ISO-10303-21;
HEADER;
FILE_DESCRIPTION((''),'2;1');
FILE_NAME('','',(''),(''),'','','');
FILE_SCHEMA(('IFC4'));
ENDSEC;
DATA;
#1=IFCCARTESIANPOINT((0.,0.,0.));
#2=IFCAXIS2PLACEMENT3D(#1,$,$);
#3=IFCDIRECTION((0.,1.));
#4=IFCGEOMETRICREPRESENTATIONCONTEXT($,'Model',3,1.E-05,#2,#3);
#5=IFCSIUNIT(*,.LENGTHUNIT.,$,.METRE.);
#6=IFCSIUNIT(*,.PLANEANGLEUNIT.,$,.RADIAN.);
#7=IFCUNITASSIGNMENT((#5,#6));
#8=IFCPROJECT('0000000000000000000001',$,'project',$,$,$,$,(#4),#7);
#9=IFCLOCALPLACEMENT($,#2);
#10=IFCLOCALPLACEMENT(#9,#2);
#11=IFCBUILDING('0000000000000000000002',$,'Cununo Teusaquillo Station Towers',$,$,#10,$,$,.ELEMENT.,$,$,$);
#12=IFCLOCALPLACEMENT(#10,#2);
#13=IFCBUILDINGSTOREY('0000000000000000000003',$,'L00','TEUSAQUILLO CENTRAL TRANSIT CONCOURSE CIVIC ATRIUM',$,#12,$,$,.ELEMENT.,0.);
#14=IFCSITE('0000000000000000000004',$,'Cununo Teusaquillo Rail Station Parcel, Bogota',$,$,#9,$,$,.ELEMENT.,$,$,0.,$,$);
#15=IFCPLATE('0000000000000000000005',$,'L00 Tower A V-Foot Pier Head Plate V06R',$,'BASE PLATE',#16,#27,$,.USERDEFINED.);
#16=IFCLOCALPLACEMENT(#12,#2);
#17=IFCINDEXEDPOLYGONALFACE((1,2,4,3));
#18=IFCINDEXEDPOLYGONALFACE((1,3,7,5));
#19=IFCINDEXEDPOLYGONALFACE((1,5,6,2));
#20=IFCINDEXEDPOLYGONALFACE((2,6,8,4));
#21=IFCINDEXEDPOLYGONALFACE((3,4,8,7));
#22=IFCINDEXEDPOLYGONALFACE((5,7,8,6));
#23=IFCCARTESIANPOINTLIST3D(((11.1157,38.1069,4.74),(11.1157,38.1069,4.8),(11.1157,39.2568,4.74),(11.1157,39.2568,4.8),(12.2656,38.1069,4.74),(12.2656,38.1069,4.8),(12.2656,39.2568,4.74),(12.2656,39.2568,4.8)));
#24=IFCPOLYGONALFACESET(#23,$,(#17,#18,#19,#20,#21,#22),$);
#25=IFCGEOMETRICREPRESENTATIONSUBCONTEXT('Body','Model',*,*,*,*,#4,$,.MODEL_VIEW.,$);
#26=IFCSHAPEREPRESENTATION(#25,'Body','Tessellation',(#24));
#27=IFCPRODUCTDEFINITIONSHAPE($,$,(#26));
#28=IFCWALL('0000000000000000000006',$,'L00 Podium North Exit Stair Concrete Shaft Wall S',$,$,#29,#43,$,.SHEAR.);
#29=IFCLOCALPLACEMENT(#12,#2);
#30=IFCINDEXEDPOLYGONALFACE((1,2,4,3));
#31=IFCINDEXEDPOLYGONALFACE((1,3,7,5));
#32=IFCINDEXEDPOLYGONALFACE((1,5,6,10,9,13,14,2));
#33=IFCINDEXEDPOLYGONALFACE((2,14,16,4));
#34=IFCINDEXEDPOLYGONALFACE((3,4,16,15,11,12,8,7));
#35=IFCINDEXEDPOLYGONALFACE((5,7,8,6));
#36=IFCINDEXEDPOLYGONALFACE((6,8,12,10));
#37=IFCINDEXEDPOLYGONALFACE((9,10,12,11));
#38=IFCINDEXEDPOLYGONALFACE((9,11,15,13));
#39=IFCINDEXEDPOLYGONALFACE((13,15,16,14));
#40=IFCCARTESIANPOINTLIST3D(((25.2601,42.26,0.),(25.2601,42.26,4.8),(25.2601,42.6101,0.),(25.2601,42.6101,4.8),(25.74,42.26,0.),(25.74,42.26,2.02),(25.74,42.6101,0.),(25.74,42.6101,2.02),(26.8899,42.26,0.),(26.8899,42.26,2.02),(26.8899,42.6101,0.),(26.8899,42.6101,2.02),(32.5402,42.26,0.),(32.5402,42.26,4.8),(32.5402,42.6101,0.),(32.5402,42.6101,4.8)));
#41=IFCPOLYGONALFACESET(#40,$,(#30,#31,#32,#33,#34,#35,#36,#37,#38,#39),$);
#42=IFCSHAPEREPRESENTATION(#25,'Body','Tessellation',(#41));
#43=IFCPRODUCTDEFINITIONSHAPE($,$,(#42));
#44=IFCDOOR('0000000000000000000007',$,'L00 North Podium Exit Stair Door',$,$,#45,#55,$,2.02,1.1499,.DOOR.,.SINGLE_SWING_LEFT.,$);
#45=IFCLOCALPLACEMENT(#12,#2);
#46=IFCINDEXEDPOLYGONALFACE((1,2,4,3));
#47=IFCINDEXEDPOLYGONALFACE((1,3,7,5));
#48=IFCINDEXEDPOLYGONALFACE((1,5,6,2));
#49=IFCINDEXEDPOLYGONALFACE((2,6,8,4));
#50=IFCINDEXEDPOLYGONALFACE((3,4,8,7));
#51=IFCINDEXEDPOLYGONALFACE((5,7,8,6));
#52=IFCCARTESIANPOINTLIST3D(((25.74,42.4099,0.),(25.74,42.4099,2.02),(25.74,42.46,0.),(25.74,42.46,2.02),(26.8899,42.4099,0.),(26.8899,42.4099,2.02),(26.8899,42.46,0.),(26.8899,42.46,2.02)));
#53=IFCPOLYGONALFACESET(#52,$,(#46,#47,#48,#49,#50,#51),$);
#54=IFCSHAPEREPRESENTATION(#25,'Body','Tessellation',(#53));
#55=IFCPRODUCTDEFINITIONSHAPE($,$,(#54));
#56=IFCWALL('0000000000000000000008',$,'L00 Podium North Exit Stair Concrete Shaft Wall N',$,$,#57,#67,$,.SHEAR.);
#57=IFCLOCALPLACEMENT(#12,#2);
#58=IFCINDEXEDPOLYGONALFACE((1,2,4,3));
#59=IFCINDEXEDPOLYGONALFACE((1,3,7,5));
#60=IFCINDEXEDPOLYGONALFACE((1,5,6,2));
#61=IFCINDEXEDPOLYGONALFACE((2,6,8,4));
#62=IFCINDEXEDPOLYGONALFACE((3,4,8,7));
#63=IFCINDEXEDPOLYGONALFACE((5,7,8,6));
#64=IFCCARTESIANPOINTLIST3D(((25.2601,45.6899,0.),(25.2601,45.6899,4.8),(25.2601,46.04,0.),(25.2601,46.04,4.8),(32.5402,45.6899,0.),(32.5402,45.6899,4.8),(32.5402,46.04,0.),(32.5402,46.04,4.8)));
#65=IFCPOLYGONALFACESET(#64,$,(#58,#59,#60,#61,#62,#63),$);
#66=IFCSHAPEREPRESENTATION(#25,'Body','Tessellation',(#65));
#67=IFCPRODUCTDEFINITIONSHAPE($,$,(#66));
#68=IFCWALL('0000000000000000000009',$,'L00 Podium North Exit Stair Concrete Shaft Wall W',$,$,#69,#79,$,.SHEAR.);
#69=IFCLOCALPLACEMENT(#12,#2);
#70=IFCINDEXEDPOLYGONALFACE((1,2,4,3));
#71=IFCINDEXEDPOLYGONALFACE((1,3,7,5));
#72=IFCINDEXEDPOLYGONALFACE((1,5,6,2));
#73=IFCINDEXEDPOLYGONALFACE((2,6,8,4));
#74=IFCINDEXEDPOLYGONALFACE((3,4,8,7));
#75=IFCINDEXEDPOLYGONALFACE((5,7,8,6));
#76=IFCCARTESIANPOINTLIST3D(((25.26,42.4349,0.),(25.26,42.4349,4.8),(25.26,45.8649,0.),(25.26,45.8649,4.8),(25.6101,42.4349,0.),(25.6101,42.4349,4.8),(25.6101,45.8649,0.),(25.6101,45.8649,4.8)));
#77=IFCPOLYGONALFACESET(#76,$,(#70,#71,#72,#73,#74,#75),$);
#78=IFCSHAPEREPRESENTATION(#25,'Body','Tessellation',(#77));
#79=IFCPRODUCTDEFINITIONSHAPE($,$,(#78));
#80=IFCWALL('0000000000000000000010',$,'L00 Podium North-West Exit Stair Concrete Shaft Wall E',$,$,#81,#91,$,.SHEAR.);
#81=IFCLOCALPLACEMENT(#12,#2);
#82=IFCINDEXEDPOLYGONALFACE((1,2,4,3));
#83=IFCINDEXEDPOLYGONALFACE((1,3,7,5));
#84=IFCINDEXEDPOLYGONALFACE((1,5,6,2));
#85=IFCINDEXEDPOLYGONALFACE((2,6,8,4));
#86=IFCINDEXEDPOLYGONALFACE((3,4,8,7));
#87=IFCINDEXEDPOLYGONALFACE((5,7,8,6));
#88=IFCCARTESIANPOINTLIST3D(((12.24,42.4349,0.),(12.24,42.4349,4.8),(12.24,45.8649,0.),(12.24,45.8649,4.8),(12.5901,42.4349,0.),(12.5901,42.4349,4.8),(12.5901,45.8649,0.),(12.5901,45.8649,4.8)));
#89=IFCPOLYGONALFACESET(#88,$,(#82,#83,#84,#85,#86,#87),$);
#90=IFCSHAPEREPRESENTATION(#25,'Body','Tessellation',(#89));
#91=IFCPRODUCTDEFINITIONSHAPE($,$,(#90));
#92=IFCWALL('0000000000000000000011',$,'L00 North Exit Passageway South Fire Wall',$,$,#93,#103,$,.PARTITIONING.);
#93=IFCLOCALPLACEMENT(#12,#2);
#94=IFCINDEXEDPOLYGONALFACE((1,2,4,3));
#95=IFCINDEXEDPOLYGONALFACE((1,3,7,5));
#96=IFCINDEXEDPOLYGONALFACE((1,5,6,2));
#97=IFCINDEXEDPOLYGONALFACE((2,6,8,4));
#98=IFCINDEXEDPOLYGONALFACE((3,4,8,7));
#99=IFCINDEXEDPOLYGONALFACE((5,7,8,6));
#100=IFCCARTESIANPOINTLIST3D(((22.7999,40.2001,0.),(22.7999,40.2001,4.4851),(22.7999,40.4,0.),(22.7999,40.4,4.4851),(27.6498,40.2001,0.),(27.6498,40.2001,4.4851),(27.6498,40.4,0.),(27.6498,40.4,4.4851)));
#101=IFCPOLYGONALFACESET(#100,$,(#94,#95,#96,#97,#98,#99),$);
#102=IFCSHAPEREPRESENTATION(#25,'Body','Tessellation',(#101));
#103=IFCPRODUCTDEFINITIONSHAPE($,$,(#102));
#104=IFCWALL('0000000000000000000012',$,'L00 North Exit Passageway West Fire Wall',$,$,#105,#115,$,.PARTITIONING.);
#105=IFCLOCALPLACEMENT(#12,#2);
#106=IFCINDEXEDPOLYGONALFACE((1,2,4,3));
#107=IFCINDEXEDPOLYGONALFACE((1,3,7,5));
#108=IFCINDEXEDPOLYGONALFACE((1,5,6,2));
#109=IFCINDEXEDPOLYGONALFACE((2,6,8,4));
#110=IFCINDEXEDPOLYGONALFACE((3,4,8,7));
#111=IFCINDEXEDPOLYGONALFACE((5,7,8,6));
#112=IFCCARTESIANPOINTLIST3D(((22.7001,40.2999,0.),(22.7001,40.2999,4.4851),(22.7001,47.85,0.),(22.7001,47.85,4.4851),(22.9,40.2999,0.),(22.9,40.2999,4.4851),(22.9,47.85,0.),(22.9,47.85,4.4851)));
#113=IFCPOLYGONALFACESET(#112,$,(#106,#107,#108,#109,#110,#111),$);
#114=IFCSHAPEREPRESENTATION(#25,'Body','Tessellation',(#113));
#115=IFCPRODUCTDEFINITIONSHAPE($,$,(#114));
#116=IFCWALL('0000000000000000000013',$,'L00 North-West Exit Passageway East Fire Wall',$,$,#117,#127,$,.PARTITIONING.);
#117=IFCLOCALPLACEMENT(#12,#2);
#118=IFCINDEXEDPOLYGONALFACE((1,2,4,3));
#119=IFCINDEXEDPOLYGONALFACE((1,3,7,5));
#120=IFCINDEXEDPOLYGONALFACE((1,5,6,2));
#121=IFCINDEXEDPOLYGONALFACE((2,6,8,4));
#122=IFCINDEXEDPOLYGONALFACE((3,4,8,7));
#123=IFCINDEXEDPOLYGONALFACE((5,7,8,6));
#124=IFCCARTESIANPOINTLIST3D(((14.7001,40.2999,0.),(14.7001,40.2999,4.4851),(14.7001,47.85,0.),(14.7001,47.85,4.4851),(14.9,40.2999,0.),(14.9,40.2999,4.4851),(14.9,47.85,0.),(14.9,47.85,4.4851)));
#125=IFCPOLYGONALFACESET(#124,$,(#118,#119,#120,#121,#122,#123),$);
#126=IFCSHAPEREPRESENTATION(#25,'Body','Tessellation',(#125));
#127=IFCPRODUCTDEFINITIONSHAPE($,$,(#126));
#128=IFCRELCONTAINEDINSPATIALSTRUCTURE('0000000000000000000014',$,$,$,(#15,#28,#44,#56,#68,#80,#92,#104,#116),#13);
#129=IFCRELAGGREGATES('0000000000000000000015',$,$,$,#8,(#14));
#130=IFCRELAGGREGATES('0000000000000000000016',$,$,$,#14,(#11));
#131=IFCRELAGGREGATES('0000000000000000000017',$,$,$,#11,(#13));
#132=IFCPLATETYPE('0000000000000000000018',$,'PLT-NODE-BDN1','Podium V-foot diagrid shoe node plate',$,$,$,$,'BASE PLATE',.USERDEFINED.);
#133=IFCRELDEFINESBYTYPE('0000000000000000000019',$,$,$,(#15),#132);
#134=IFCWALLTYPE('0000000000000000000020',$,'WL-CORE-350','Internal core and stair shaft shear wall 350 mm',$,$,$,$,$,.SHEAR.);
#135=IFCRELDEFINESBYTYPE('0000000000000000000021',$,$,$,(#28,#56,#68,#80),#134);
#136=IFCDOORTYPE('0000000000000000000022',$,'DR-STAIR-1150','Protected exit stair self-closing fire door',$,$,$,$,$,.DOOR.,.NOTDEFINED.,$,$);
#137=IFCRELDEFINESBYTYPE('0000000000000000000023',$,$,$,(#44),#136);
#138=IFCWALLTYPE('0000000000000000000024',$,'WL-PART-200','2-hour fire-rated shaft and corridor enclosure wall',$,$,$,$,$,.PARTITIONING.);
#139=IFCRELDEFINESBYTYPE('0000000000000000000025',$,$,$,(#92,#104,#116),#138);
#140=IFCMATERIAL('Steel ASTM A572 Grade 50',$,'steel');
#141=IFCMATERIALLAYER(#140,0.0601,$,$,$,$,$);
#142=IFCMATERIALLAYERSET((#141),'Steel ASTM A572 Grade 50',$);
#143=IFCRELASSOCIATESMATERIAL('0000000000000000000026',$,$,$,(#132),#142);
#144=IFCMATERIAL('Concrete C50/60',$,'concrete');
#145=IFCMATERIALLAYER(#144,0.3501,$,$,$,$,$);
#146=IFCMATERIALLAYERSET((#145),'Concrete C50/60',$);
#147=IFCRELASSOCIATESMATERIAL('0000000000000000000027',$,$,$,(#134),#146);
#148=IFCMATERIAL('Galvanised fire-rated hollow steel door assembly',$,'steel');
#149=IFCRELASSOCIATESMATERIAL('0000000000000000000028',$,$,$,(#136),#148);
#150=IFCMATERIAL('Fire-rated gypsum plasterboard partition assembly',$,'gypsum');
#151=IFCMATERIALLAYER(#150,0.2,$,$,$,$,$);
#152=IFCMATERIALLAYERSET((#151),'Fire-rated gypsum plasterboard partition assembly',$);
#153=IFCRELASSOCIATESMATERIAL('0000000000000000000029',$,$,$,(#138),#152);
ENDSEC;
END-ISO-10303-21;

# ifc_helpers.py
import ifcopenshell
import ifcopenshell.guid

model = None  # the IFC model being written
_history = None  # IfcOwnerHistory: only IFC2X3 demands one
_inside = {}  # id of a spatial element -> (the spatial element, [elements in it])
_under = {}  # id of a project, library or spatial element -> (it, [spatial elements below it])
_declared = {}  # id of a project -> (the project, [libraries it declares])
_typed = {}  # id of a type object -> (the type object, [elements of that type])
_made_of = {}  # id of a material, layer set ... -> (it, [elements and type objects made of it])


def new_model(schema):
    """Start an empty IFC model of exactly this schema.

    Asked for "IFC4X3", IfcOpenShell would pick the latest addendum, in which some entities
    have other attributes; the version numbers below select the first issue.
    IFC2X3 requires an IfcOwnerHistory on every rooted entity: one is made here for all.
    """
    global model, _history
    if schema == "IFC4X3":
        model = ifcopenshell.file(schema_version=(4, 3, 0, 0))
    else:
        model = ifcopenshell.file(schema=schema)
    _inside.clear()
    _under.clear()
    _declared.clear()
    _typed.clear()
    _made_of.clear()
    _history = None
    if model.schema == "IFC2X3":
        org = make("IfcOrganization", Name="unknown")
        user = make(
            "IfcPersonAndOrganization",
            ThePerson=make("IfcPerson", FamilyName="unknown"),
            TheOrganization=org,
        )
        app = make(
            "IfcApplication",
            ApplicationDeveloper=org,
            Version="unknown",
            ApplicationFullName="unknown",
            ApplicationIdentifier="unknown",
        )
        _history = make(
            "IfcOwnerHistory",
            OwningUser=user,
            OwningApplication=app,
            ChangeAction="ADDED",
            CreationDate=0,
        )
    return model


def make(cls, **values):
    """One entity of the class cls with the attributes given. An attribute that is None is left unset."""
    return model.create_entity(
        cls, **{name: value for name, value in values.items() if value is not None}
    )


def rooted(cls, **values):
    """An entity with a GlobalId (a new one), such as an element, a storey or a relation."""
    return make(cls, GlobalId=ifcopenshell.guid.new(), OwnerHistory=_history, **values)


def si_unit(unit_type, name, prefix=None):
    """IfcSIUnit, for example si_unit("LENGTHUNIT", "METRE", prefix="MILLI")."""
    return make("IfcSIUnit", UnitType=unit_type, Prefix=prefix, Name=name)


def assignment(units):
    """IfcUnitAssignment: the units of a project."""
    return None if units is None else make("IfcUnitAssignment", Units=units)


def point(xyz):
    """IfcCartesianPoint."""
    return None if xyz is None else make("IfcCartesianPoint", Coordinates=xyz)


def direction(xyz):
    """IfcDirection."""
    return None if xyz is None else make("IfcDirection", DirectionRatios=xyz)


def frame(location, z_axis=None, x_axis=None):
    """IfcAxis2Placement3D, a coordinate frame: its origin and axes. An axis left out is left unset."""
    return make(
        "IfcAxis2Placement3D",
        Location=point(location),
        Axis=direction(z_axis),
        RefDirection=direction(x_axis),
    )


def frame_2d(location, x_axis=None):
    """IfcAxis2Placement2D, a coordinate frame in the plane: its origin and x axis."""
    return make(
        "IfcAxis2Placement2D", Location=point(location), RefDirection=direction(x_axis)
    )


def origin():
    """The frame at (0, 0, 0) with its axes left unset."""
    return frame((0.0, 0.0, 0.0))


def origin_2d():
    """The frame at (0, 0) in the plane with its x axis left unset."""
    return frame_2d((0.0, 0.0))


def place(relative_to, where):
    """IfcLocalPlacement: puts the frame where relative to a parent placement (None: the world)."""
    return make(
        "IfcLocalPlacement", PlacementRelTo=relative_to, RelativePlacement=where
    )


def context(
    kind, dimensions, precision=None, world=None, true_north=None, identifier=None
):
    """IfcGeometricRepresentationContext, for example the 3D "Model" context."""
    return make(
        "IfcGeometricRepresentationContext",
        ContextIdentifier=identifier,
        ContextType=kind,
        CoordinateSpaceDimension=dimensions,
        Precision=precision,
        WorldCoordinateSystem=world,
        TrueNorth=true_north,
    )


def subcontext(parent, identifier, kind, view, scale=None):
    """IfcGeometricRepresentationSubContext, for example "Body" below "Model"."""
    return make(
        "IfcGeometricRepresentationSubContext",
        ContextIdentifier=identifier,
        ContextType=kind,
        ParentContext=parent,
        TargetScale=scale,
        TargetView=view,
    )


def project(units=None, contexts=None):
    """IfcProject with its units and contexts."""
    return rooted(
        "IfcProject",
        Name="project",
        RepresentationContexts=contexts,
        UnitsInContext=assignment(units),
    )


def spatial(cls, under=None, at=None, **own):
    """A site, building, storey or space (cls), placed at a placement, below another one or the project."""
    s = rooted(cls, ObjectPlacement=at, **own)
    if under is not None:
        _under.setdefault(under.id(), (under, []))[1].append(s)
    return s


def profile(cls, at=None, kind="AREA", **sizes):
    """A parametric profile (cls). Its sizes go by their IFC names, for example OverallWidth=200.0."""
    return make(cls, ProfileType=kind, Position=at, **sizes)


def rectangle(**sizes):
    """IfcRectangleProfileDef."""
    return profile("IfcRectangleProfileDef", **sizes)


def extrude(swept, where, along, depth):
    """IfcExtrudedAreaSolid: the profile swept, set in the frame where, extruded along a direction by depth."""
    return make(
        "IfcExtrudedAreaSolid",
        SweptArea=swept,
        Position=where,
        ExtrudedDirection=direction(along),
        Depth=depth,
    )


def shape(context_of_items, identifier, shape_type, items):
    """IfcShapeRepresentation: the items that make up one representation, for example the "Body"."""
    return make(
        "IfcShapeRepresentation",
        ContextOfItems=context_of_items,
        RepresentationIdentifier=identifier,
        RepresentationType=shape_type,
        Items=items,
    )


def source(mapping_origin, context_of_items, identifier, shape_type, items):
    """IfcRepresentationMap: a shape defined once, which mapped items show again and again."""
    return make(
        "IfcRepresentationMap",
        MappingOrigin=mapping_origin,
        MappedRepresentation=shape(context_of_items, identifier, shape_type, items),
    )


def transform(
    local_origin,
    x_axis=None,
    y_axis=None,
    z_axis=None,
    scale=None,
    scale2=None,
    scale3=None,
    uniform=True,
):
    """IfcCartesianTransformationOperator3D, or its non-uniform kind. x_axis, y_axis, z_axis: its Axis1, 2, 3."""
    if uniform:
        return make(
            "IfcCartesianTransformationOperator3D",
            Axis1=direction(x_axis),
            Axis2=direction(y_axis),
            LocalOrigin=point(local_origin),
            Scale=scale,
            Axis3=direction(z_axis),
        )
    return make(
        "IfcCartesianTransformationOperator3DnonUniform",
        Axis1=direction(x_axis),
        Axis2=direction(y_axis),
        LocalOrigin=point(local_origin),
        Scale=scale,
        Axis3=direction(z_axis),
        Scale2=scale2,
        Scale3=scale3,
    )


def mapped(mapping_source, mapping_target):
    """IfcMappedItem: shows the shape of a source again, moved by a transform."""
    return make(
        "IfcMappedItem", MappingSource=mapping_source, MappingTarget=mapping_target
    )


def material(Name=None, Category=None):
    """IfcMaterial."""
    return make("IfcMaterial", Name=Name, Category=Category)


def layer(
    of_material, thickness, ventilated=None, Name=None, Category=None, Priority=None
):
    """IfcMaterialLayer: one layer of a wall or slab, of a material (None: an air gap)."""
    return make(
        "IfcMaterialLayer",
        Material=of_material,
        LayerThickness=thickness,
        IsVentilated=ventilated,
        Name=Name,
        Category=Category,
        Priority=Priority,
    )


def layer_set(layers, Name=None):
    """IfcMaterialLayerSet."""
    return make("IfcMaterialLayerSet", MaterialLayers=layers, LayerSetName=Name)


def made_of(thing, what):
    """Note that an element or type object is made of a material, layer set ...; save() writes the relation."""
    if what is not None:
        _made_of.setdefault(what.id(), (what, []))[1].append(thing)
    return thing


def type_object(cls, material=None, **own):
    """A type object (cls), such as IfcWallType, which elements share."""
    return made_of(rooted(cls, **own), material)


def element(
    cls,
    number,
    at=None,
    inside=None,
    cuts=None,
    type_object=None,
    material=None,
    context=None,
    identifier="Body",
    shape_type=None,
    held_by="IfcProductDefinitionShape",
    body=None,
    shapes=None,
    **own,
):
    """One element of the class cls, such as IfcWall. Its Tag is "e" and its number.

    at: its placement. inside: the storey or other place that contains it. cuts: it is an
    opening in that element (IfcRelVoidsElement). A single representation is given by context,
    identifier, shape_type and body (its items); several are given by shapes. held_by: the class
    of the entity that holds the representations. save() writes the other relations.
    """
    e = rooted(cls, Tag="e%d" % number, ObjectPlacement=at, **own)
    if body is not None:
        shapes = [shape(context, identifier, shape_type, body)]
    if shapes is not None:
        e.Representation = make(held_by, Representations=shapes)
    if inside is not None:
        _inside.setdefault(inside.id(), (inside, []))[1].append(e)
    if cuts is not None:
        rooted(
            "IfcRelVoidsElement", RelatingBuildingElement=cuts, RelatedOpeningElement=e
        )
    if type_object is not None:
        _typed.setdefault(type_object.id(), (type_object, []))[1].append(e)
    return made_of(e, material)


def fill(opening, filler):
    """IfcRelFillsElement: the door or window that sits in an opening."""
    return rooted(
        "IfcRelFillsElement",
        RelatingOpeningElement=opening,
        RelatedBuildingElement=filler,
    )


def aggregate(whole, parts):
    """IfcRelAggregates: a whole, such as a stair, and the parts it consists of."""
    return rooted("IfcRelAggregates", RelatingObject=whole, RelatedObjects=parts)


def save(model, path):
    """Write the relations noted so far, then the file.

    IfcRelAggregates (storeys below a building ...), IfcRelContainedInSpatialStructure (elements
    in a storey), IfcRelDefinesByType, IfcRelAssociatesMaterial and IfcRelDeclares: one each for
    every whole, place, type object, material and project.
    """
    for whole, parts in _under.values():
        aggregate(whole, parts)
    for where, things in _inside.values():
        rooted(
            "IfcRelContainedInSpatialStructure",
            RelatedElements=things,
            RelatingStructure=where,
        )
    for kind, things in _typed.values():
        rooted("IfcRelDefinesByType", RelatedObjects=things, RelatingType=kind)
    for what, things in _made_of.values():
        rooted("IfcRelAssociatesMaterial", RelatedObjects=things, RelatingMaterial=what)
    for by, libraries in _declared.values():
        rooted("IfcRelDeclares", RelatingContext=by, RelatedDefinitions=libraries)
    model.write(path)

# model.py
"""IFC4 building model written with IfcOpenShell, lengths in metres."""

from ifc_helpers import new_model, si_unit, direction, frame, frame_2d, origin, origin_2d, place, context, subcontext, project, spatial, rectangle, extrude, source, transform, mapped, material, layer, layer_set, type_object, element, fill, save


model = new_model("IFC4")

# Units and contexts
model_context = context("Model", 3, precision=1e-05, world=origin(), true_north=direction((0.0, 1.0)))
body_context = subcontext(model_context, "Body", "Model", "MODEL_VIEW")
ifc_project = project(units=[si_unit("LENGTHUNIT", "METRE"), si_unit("PLANEANGLEUNIT", "RADIAN")], contexts=[model_context])

# Site, building, storey
site_placement = place(None, origin())
site = spatial("IfcSite", under=ifc_project, at=site_placement, Name="Cununo Teusaquillo Rail Station Parcel, Bogota", CompositionType="ELEMENT", RefElevation=0.0)
building_placement = place(site_placement, origin())
building = spatial("IfcBuilding", under=site, at=building_placement, Name="Cununo Teusaquillo Station Towers", CompositionType="ELEMENT")
storey_placement = place(building_placement, origin())
storey = spatial("IfcBuildingStorey", under=building, at=storey_placement, Name="L00", Description="TEUSAQUILLO CENTRAL TRANSIT CONCOURSE CIVIC ATRIUM", CompositionType="ELEMENT", Elevation=0.0)

# Plate
ifc_material_1 = material(Name="Steel ASTM A572 Grade 50", Category="steel")
ifc_layer_1 = layer(ifc_material_1, 0.0601)
ifc_layer_set_1 = layer_set([ifc_layer_1], Name="Steel ASTM A572 Grade 50")
plate_type = type_object("IfcPlateType", Name="PLT-NODE-BDN1", Description="Podium V-foot diagrid shoe node plate", ElementType="BASE PLATE", PredefinedType="USERDEFINED", material=ifc_layer_set_1)
shared_shape_1 = source(origin(), body_context, "Body", "SweptSolid", [
    extrude(rectangle(XDim=1.1499, YDim=1.1499, at=origin_2d()), origin(), (0.0, 0.0, 1.0), 0.0601),
])
for number, where, z_axis, x_axis, name in (
    (1, (11.6907, 38.6819, 4.74), (0.0, 0.0, 1.0), (1.0, 0.0, 0.0), "L00 Tower A V-Foot Pier Head Plate V06R"),
):
    element("IfcPlate", number, at=place(storey_placement, frame(where, z_axis=z_axis, x_axis=x_axis)), inside=storey, type_object=plate_type, Name=name, ObjectType="BASE PLATE", PredefinedType="USERDEFINED", context=body_context, shape_type="MappedRepresentation", body=[
        mapped(shared_shape_1, transform((0.0, 0.0, 0.0), x_axis=(1.0, 0.0, 0.0), y_axis=(0.0, 1.0, 0.0), z_axis=(0.0, 0.0, 1.0), scale=1.0)),
    ])

# Wall, opening, door
ifc_material_2 = material(Name="Concrete C50/60", Category="concrete")
ifc_layer_2 = layer(ifc_material_2, 0.3501)
ifc_layer_set_2 = layer_set([ifc_layer_2], Name="Concrete C50/60")
wall_type_1 = type_object("IfcWallType", Name="WL-CORE-350", Description="Internal core and stair shaft shear wall 350 mm", PredefinedType="SHEAR", material=ifc_layer_set_2)
wall_1_placement = place(storey_placement, frame((25.26, 42.4351, 0.0), z_axis=(0.0, 0.0, 1.0), x_axis=(1.0, 0.0, 0.0)))
wall_1 = element("IfcWall", 2, at=wall_1_placement, inside=storey, type_object=wall_type_1, Name="L00 Podium North Exit Stair Concrete Shaft Wall S", PredefinedType="SHEAR", context=body_context, shape_type="SweptSolid", body=[
    extrude(rectangle(XDim=7.28, YDim=0.3501, at=frame_2d((3.6401, 0.0))), origin(), (0.0, 0.0, 1.0), 4.8),
])
shared_shape_2 = source(origin(), body_context, "Body", "SweptSolid", [
    extrude(rectangle(XDim=1.1499, YDim=2.02, at=frame_2d((0.575, 1.01))), frame((0.0, 0.1851, 0.0), z_axis=(0.0, -1.0, 0.0), x_axis=(1.0, 0.0, 0.0)), (0.0, 0.0, 1.0), 0.3701),
])
opening_placement = place(wall_1_placement, frame((0.48, 0.0, 0.0)))
opening = element("IfcOpeningElement", 3, at=opening_placement, cuts=wall_1, PredefinedType="OPENING", context=body_context, shape_type="MappedRepresentation", body=[
    mapped(shared_shape_2, transform((0.0, 0.0, 0.0), x_axis=(1.0, 0.0, 0.0), y_axis=(0.0, 1.0, 0.0), z_axis=(0.0, 0.0, 1.0), scale=1.0)),
])
ifc_material_3 = material(Name="Galvanised fire-rated hollow steel door assembly", Category="steel")
door_type = type_object("IfcDoorType", Name="DR-STAIR-1150", Description="Protected exit stair self-closing fire door", OperationType="NOTDEFINED", PredefinedType="DOOR", material=ifc_material_3)
shared_shape_3 = source(origin(), body_context, "Body", "SweptSolid", [
    extrude(rectangle(XDim=1.1499, YDim=2.02, at=frame_2d((0.575, 1.01))), frame((0.0, 0.0249, 0.0), z_axis=(0.0, -1.0, 0.0), x_axis=(1.0, 0.0, 0.0)), (0.0, 0.0, 1.0), 0.05),
])
door_placement = place(opening_placement, origin())
door = element("IfcDoor", 4, at=door_placement, inside=storey, type_object=door_type, Name="L00 North Podium Exit Stair Door", OperationType="SINGLE_SWING_LEFT", OverallHeight=2.02, OverallWidth=1.1499, PredefinedType="DOOR", context=body_context, shape_type="MappedRepresentation", body=[
    mapped(shared_shape_3, transform((0.0, 0.0, 0.0), x_axis=(1.0, 0.0, 0.0), y_axis=(0.0, 1.0, 0.0), z_axis=(0.0, 0.0, 1.0), scale=1.0)),
])
fill(opening, door)

# Walls
wall_2_placement = place(storey_placement, frame((25.26, 45.865, 0.0), z_axis=(0.0, 0.0, 1.0), x_axis=(1.0, 0.0, 0.0)))
element("IfcWall", 5, at=wall_2_placement, inside=storey, type_object=wall_type_1, Name="L00 Podium North Exit Stair Concrete Shaft Wall N", PredefinedType="SHEAR", context=body_context, shape_type="SweptSolid", body=[
    extrude(rectangle(XDim=7.28, YDim=0.3501, at=frame_2d((3.6401, 0.0))), origin(), (0.0, 0.0, 1.0), 4.8),
])
for number, where, z_axis, x_axis, name in (
    (6, (25.4351, 42.4351, 0.0), (0.0, 0.0, 1.0), (0.0, 1.0, 0.0), "L00 Podium North Exit Stair Concrete Shaft Wall W"),
    (7, (12.415, 42.4351, 0.0), (0.0, 0.0, 1.0), (0.0, 1.0, 0.0), "L00 Podium North-West Exit Stair Concrete Shaft Wall E"),
):
    element("IfcWall", number, at=place(storey_placement, frame(where, z_axis=z_axis, x_axis=x_axis)), inside=storey, type_object=wall_type_1, Name=name, PredefinedType="SHEAR", context=body_context, shape_type="SweptSolid", body=[
        extrude(rectangle(XDim=3.4299, YDim=0.3501, at=frame_2d((1.7148, 0.0))), origin(), (0.0, 0.0, 1.0), 4.8),
    ])
ifc_material_4 = material(Name="Fire-rated gypsum plasterboard partition assembly", Category="gypsum")
ifc_layer_3 = layer(ifc_material_4, 0.2)
ifc_layer_set_3 = layer_set([ifc_layer_3], Name="Fire-rated gypsum plasterboard partition assembly")
wall_type_2 = type_object("IfcWallType", Name="WL-PART-200", Description="2-hour fire-rated shaft and corridor enclosure wall", PredefinedType="PARTITIONING", material=ifc_layer_set_3)
wall_3_placement = place(storey_placement, frame((22.8, 40.3, 0.0), z_axis=(0.0, 0.0, 1.0), x_axis=(1.0, 0.0, 0.0)))
element("IfcWall", 8, at=wall_3_placement, inside=storey, type_object=wall_type_2, Name="L00 North Exit Passageway South Fire Wall", PredefinedType="PARTITIONING", context=body_context, shape_type="SweptSolid", body=[
    extrude(rectangle(XDim=4.8499, YDim=0.2, at=frame_2d((2.4248, 0.0))), origin(), (0.0, 0.0, 1.0), 4.4851),
])
for number, where, z_axis, x_axis, name in (
    (9, (22.8, 40.3, 0.0), (0.0, 0.0, 1.0), (0.0, 1.0, 0.0), "L00 North Exit Passageway West Fire Wall"),
    (10, (14.8, 40.3, 0.0), (0.0, 0.0, 1.0), (0.0, 1.0, 0.0), "L00 North-West Exit Passageway East Fire Wall"),
):
    element("IfcWall", number, at=place(storey_placement, frame(where, z_axis=z_axis, x_axis=x_axis)), inside=storey, type_object=wall_type_2, Name=name, PredefinedType="PARTITIONING", context=body_context, shape_type="SweptSolid", body=[
        extrude(rectangle(XDim=7.55, YDim=0.2, at=frame_2d((3.7749, 0.0))), origin(), (0.0, 0.0, 1.0), 4.4851),
    ])

save(model, "model.ifc")
